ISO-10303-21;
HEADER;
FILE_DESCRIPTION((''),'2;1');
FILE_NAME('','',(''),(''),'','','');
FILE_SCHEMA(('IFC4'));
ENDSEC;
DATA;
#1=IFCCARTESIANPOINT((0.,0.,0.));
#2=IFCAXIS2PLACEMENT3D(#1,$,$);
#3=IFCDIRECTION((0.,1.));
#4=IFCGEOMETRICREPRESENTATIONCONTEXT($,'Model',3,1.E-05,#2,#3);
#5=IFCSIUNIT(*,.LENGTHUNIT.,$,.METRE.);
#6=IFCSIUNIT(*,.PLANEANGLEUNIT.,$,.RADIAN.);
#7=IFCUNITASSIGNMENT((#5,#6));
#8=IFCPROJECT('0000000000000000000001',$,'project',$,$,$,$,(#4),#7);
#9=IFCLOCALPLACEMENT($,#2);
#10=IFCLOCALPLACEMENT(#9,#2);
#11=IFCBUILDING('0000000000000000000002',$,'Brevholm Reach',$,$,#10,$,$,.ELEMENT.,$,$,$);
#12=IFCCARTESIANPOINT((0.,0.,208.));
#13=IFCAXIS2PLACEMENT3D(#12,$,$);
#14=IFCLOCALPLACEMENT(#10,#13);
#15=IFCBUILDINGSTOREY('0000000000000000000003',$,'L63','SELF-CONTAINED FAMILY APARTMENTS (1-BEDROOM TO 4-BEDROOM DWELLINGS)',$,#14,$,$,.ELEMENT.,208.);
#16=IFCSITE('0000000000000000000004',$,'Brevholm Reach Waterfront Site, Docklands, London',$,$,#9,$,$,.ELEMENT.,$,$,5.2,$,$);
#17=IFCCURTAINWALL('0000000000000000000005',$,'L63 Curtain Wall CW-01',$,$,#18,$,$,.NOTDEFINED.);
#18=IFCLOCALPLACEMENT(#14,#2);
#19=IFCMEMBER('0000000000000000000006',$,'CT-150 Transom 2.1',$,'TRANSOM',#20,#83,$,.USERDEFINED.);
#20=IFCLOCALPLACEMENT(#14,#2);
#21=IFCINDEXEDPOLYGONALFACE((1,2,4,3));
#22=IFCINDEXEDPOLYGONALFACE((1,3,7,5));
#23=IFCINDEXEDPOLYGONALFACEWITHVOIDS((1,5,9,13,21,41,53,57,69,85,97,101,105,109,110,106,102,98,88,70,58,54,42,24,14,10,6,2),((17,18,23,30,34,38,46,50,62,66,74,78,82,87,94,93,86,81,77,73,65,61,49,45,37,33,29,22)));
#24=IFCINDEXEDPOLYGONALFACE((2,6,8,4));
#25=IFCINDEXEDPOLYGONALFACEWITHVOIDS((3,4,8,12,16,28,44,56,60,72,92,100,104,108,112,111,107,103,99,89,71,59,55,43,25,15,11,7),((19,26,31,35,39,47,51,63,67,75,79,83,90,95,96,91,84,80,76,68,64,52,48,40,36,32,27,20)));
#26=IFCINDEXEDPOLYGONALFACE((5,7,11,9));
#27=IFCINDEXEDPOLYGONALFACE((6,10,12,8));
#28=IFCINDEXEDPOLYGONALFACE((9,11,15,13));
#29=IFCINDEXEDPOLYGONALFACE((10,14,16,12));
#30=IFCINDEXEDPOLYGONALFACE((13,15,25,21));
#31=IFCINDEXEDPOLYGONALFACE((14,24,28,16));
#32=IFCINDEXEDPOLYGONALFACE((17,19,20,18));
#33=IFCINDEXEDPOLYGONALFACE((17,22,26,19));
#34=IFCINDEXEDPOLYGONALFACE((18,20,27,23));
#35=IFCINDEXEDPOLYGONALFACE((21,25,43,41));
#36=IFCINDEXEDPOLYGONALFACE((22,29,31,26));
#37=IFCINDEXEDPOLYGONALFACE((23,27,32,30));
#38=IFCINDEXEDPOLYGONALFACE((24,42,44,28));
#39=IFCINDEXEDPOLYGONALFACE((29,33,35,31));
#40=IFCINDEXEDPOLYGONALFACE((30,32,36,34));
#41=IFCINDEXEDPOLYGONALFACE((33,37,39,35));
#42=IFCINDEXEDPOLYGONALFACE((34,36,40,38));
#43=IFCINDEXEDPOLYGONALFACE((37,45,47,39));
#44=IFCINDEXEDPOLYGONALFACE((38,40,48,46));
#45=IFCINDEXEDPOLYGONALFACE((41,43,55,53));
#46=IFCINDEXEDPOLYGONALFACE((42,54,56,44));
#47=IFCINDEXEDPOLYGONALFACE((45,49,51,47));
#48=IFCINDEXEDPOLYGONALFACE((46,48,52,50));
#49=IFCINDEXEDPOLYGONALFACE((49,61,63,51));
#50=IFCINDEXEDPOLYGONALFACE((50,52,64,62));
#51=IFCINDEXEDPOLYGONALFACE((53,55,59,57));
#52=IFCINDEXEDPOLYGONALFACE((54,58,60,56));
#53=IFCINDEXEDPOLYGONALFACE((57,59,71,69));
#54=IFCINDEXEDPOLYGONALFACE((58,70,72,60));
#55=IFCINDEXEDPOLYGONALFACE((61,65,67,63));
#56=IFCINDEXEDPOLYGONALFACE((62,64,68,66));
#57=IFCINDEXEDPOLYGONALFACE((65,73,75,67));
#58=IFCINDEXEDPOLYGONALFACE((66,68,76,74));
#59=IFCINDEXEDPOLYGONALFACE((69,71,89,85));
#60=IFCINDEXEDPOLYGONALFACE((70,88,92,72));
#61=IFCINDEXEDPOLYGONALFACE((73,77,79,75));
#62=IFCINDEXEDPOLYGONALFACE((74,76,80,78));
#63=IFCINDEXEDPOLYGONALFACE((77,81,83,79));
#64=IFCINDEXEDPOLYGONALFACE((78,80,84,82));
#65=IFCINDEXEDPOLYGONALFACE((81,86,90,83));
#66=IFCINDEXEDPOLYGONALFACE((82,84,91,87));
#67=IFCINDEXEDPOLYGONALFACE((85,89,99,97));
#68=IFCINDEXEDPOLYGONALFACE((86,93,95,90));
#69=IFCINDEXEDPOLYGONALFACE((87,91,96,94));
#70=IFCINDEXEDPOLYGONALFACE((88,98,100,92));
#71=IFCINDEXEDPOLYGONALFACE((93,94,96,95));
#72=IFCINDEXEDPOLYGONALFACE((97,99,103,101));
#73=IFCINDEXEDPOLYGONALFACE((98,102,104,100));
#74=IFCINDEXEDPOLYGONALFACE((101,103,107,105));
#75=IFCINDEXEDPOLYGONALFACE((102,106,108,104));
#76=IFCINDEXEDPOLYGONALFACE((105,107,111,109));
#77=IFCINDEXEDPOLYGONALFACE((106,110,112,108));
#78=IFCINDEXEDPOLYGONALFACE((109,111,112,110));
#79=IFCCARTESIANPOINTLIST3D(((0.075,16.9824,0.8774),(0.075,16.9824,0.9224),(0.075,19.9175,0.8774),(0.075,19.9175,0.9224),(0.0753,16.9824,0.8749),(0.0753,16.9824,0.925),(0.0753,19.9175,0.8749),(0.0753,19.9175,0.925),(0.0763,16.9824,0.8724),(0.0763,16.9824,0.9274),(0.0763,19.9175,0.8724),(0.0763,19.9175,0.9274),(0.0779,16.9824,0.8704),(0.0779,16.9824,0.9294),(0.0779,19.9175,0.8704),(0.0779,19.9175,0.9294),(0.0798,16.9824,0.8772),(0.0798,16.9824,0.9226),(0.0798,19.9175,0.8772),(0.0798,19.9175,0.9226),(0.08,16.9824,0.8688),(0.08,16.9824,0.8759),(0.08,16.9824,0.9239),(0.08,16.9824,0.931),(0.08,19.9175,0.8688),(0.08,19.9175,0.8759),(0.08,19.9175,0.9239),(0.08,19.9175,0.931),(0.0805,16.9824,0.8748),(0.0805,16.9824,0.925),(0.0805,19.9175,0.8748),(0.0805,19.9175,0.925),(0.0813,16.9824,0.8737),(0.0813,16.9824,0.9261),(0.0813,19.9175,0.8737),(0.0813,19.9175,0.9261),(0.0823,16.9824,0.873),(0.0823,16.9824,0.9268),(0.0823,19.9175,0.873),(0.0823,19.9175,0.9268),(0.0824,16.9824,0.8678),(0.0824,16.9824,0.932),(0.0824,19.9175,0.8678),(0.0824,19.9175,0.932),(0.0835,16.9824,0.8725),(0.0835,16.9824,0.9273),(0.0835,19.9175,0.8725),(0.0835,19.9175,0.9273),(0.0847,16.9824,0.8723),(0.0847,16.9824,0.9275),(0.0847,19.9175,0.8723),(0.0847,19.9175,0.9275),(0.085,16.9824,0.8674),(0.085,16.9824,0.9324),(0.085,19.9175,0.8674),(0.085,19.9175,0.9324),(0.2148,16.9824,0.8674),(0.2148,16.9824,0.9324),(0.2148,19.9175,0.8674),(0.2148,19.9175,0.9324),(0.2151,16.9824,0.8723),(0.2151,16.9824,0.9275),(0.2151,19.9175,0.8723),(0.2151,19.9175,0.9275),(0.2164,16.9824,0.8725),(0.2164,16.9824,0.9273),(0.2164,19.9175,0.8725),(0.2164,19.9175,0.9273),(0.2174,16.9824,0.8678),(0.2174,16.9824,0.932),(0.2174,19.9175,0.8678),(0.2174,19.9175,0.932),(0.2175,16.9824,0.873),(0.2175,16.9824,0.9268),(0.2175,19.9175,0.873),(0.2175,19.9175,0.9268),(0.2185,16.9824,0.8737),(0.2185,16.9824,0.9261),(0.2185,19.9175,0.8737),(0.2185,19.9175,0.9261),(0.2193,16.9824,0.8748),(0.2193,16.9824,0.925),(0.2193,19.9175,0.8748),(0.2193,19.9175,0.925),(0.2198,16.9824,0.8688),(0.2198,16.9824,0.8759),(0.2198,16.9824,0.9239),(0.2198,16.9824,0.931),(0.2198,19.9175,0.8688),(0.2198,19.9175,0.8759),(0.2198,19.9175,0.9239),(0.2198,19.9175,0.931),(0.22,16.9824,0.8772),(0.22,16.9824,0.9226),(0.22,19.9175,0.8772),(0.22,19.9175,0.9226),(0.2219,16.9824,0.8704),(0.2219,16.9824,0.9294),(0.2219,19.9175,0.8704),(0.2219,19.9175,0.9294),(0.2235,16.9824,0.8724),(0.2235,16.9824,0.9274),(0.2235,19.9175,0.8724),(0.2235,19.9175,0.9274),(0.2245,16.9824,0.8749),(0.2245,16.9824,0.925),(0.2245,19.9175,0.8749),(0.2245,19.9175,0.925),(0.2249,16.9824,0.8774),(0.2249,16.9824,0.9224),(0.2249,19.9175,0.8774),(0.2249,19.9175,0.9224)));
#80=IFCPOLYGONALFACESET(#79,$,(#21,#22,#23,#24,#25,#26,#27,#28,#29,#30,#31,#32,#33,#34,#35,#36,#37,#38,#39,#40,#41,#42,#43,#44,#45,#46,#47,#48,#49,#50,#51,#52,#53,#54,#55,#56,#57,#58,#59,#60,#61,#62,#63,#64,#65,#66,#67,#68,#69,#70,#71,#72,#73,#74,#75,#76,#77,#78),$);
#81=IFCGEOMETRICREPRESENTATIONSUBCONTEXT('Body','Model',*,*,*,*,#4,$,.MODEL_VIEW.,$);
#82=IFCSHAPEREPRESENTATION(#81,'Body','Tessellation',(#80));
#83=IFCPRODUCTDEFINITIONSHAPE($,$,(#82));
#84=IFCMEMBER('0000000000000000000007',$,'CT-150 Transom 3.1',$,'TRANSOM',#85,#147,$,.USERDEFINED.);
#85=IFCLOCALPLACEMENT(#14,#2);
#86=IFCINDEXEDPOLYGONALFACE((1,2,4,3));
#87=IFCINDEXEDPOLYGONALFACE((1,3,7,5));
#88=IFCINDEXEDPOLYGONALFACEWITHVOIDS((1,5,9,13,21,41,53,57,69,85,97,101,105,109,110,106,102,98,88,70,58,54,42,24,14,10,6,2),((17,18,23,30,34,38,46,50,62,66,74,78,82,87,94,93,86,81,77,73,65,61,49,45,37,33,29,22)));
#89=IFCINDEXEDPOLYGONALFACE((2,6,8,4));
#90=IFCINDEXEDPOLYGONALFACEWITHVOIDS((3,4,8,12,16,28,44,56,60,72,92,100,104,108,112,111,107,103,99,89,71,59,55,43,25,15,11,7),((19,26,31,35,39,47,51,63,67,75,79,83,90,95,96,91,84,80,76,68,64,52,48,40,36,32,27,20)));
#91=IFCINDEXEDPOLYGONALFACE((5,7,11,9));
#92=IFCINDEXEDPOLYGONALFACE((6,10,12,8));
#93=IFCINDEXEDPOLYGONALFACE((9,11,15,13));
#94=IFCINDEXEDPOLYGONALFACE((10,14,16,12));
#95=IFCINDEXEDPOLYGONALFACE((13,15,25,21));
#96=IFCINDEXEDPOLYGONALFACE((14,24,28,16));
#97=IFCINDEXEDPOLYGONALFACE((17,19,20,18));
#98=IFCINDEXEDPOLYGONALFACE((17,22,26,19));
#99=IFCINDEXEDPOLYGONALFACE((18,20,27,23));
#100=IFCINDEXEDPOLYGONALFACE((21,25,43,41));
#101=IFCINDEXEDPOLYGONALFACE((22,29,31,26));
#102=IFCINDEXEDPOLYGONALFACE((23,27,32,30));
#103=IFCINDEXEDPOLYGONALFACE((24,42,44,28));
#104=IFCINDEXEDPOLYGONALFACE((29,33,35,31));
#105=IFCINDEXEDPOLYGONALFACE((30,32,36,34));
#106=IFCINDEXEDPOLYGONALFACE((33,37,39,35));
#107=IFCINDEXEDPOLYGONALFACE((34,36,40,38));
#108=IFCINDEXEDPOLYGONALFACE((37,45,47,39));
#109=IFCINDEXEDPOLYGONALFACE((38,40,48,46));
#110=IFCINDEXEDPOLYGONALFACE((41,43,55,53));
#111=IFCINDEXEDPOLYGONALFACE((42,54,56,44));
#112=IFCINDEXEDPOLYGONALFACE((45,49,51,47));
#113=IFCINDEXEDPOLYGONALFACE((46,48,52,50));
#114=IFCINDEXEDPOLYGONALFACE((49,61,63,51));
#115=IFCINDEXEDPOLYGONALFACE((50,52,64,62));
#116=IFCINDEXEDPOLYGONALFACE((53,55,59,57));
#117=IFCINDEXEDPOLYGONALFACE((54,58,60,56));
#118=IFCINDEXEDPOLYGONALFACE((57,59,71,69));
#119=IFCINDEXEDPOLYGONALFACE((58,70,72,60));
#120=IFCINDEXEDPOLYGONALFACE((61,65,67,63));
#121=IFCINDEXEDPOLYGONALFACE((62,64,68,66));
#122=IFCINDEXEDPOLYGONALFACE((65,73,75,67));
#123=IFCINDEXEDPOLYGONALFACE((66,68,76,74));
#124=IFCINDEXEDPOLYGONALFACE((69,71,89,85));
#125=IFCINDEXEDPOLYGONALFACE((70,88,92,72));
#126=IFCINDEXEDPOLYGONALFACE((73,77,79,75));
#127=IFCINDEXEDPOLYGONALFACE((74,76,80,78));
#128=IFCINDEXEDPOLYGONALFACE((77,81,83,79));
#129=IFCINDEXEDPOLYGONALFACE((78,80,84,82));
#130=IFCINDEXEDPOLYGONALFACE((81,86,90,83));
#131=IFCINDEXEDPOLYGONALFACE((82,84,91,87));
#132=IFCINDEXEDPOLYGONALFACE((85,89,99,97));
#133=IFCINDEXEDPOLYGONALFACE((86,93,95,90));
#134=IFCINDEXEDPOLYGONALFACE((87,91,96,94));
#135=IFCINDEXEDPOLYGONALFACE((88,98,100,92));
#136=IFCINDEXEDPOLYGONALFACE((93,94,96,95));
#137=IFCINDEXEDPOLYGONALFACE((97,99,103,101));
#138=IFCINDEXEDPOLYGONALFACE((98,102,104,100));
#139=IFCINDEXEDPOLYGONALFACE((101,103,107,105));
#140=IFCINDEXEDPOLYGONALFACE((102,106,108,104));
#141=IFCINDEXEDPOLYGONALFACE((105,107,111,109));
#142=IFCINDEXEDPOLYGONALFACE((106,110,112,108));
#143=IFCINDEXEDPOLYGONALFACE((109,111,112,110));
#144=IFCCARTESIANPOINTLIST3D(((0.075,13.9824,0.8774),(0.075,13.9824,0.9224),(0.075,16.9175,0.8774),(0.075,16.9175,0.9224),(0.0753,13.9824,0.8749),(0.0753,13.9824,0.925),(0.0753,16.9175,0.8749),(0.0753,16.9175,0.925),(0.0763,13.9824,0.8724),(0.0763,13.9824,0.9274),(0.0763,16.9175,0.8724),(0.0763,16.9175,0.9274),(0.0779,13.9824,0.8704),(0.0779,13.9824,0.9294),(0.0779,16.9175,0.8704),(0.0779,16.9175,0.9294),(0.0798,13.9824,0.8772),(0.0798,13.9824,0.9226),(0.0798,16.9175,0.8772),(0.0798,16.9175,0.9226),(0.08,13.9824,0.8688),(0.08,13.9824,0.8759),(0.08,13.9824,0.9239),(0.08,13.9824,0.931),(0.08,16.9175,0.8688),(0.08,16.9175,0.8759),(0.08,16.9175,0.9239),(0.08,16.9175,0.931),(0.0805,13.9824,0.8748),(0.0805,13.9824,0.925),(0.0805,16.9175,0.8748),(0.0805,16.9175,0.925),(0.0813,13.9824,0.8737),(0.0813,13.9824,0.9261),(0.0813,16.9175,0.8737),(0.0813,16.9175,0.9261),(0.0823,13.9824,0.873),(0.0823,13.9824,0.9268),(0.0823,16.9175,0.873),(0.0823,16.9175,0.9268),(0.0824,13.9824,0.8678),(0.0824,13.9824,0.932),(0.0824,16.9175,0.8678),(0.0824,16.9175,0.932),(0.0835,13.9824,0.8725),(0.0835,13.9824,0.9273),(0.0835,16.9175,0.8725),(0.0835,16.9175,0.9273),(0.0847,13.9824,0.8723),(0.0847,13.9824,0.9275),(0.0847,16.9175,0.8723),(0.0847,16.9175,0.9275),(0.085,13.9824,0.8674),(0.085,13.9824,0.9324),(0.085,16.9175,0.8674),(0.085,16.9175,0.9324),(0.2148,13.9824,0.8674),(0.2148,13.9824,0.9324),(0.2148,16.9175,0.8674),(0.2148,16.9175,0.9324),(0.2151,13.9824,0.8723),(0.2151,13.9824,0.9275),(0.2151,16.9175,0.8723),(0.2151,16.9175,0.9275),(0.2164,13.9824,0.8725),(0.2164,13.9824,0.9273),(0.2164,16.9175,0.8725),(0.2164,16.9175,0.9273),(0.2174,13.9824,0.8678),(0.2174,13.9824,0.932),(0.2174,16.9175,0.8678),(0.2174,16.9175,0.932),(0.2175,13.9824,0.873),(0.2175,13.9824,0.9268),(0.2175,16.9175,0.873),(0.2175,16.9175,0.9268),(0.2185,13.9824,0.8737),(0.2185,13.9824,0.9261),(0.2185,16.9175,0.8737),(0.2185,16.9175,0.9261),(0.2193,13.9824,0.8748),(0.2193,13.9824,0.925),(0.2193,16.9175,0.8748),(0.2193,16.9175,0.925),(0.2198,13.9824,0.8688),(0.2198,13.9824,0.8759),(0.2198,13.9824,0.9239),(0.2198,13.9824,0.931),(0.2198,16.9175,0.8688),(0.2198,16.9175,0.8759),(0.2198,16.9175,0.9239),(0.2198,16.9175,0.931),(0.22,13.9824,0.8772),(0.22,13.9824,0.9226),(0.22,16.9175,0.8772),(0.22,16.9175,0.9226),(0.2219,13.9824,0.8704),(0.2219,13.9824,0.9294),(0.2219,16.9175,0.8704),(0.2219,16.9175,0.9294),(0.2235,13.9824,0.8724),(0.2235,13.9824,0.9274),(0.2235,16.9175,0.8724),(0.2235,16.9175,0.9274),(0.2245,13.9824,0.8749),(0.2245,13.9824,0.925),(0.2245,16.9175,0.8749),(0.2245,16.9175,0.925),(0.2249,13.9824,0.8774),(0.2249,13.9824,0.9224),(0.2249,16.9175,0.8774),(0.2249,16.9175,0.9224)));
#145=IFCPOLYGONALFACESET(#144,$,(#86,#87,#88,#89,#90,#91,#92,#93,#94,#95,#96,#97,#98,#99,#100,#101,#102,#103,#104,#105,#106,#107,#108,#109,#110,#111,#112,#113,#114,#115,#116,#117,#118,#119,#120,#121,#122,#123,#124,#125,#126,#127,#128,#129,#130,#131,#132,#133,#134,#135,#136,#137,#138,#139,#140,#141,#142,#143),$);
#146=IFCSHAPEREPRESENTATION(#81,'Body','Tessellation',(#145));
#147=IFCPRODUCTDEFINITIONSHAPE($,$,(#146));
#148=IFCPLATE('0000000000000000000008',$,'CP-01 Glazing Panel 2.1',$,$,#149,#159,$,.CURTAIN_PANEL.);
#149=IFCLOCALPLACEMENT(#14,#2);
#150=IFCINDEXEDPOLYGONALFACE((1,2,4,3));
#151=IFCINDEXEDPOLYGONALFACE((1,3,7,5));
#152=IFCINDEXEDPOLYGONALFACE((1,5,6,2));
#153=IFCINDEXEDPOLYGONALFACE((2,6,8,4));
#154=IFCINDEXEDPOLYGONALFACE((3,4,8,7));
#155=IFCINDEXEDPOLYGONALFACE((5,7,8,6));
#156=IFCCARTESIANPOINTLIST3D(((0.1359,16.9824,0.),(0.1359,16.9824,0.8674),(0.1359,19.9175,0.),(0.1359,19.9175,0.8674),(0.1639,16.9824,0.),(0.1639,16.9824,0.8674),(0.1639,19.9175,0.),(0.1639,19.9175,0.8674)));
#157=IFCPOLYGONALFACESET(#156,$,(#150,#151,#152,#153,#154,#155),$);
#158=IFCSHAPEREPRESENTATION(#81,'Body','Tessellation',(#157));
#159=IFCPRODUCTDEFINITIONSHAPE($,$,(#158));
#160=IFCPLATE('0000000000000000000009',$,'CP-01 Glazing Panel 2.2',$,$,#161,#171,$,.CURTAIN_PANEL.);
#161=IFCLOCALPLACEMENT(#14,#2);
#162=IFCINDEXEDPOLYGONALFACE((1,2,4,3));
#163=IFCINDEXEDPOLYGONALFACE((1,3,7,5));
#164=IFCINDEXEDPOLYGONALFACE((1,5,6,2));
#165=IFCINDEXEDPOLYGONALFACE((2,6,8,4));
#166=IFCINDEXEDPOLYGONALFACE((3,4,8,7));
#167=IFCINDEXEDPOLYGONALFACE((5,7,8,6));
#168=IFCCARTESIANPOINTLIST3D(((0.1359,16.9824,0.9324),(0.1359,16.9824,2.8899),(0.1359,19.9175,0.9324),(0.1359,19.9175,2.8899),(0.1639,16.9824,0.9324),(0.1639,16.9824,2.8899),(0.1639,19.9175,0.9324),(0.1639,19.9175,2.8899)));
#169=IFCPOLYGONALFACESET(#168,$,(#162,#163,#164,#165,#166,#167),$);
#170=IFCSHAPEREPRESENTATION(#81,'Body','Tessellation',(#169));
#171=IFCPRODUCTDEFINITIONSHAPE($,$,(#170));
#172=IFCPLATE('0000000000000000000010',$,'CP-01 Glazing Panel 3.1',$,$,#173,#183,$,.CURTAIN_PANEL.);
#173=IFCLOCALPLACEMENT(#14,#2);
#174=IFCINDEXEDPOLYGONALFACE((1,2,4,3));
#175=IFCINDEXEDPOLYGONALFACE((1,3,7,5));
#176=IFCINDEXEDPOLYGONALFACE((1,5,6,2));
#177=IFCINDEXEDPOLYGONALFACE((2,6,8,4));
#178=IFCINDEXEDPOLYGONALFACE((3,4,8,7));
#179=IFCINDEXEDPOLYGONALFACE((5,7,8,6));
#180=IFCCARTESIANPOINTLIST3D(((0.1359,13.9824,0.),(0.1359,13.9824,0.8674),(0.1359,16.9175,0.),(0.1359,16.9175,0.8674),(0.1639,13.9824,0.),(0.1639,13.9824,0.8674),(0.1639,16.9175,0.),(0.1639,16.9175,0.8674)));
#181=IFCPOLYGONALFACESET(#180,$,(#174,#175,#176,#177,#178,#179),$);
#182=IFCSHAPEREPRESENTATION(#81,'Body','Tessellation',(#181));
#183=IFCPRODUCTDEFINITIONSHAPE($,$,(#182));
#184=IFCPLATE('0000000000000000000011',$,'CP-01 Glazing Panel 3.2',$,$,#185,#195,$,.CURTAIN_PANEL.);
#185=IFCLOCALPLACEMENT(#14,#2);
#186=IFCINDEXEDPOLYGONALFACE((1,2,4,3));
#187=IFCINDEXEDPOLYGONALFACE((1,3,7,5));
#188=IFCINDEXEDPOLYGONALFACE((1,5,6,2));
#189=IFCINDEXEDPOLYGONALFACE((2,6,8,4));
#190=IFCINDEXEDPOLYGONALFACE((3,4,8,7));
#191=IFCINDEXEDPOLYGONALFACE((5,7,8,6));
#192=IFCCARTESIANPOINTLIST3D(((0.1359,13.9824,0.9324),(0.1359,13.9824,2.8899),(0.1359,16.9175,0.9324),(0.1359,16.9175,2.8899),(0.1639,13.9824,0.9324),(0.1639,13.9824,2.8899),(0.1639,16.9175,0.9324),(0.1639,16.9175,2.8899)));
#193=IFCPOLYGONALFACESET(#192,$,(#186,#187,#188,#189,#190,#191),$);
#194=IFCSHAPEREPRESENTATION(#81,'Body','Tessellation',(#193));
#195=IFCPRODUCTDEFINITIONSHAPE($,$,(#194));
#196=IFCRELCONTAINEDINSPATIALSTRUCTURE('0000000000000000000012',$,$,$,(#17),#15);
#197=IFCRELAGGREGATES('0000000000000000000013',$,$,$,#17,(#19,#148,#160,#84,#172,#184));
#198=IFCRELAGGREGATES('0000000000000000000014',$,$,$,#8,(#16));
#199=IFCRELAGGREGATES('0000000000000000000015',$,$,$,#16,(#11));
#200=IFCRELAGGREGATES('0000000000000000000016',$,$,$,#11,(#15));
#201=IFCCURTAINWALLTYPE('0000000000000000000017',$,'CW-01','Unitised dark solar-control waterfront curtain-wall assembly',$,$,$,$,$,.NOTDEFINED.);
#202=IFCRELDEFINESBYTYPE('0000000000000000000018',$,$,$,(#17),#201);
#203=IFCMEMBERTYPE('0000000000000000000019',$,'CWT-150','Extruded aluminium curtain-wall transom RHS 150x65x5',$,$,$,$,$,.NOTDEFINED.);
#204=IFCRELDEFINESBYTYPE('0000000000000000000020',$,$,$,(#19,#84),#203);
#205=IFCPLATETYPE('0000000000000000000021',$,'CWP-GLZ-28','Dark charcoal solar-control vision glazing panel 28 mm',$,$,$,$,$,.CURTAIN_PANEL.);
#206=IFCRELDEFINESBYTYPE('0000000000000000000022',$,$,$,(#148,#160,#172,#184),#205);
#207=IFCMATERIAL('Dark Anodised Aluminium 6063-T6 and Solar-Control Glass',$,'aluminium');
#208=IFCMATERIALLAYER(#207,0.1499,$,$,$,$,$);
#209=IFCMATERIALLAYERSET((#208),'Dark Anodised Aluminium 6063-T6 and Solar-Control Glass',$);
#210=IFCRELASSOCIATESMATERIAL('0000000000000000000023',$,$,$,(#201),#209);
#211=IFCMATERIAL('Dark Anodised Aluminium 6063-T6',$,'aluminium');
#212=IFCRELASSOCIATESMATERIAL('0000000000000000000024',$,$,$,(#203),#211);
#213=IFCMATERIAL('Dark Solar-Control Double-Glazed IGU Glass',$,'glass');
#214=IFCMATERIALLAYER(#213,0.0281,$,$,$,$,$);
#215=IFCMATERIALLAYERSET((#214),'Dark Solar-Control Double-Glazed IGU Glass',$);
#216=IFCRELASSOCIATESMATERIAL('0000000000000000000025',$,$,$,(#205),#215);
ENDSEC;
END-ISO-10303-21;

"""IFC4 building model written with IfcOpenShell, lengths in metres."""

from ifc_helpers import new_model, si_unit, direction, frame, origin, origin_2d, place, context, subcontext, project, spatial, rectangle, hollow_rectangle, extrude, material, layer, layer_set, material_profile, profile_set, type_object, element, aggregate, save


model = new_model("IFC4")

# Units and contexts
model_context = context("Model", 3, precision=1e-05, world=origin(), true_north=direction((0.0, 1.0)))
body_context = subcontext(model_context, "Body", "Model", "MODEL_VIEW")
ifc_project = project(units=[si_unit("LENGTHUNIT", "METRE"), si_unit("PLANEANGLEUNIT", "RADIAN")], contexts=[model_context])

# Site, building, storey
site_placement = place(None, origin())
site = spatial("IfcSite", under=ifc_project, at=site_placement, Name="Brevholm Reach Waterfront Site, Docklands, London", CompositionType="ELEMENT", RefElevation=5.2)
building_placement = place(site_placement, origin())
building = spatial("IfcBuilding", under=site, at=building_placement, Name="Brevholm Reach", CompositionType="ELEMENT")
storey_placement = place(building_placement, frame((0.0, 0.0, 208.0)))
storey = spatial("IfcBuildingStorey", under=building, at=storey_placement, Name="L63", Description="SELF-CONTAINED FAMILY APARTMENTS (1-BEDROOM TO 4-BEDROOM DWELLINGS)", CompositionType="ELEMENT", Elevation=208.0)

# Curtain wall, members, plates
ifc_material_1 = material(Name="Dark Anodised Aluminium 6063-T6 and Solar-Control Glass", Category="aluminium")
ifc_layer_1 = layer(ifc_material_1, 0.1499)
ifc_layer_set_1 = layer_set([ifc_layer_1], Name="Dark Anodised Aluminium 6063-T6 and Solar-Control Glass")
curtain_wall_type = type_object("IfcCurtainWallType", Name="CW-01", Description="Unitised dark solar-control waterfront curtain-wall assembly", PredefinedType="NOTDEFINED", material=ifc_layer_set_1)
curtain_wall_placement = place(storey_placement, origin())
curtain_wall = element("IfcCurtainWall", 1, at=curtain_wall_placement, inside=storey, type_object=curtain_wall_type, Name="L63 Curtain Wall CW-01", PredefinedType="NOTDEFINED")
ifc_material_2 = material(Name="Dark Anodised Aluminium 6063-T6", Category="aluminium")
ifc_material_profile_1 = material_profile(ifc_material_2, hollow_rectangle(XDim=0.0649, YDim=0.1499, WallThickness=0.0049, InnerFilletRadius=0.0049, OuterFilletRadius=0.01, at=origin_2d()), Name="RHS 150x65x5")
ifc_profile_set_1 = profile_set([ifc_material_profile_1], Name="Dark Anodised Aluminium 6063-T6")
member_type_1 = type_object("IfcMemberType", Name="CWT-150", Description="Extruded aluminium curtain-wall transom RHS 150x65x5", PredefinedType="NOTDEFINED", material=ifc_profile_set_1)
member_1_placement = place(storey_placement, frame((0.1499, 19.9175, 0.8999), z_axis=(0.0, -1.0, 0.0), x_axis=(0.0, 0.0, 1.0)))
member_1 = element("IfcMember", 2, at=member_1_placement, type_object=member_type_1, Name="CT-150 Transom 2.1", ObjectType="TRANSOM", PredefinedType="USERDEFINED", context=body_context, shape_type="SweptSolid", body=[
    extrude(hollow_rectangle(XDim=0.0649, YDim=0.1499, WallThickness=0.0049, InnerFilletRadius=0.0049, OuterFilletRadius=0.01, at=origin_2d()), origin(), (0.0, 0.0, 1.0), 2.9351),
])
member_2_placement = place(storey_placement, frame((0.1499, 16.9175, 0.8999), z_axis=(0.0, -1.0, 0.0), x_axis=(0.0, 0.0, 1.0)))
member_2 = element("IfcMember", 3, at=member_2_placement, type_object=member_type_1, Name="CT-150 Transom 3.1", ObjectType="TRANSOM", PredefinedType="USERDEFINED", context=body_context, shape_type="SweptSolid", body=[
    extrude(hollow_rectangle(XDim=0.0649, YDim=0.1499, WallThickness=0.0049, InnerFilletRadius=0.0049, OuterFilletRadius=0.01, at=origin_2d()), origin(), (0.0, 0.0, 1.0), 2.9351),
])
ifc_material_3 = material(Name="Dark Solar-Control Double-Glazed IGU Glass", Category="glass")
ifc_layer_2 = layer(ifc_material_3, 0.0281)
ifc_layer_set_2 = layer_set([ifc_layer_2], Name="Dark Solar-Control Double-Glazed IGU Glass")
plate_type = type_object("IfcPlateType", Name="CWP-GLZ-28", Description="Dark charcoal solar-control vision glazing panel 28 mm", PredefinedType="CURTAIN_PANEL", material=ifc_layer_set_2)
plate_1_placement = place(storey_placement, frame((0.1499, 18.45, 0.0), z_axis=(0.0, 0.0, 1.0), x_axis=(0.0, -1.0, 0.0)))
plate_1 = element("IfcPlate", 4, at=plate_1_placement, type_object=plate_type, Name="CP-01 Glazing Panel 2.1", PredefinedType="CURTAIN_PANEL", context=body_context, shape_type="SweptSolid", body=[
    extrude(rectangle(XDim=2.9351, YDim=0.0281, at=origin_2d()), origin(), (0.0, 0.0, 1.0), 0.8674),
])
plate_2_placement = place(storey_placement, frame((0.1499, 18.45, 0.9324), z_axis=(0.0, 0.0, 1.0), x_axis=(0.0, -1.0, 0.0)))
plate_2 = element("IfcPlate", 5, at=plate_2_placement, type_object=plate_type, Name="CP-01 Glazing Panel 2.2", PredefinedType="CURTAIN_PANEL", context=body_context, shape_type="SweptSolid", body=[
    extrude(rectangle(XDim=2.9351, YDim=0.0281, at=origin_2d()), origin(), (0.0, 0.0, 1.0), 1.9575),
])
plate_3_placement = place(storey_placement, frame((0.1499, 15.45, 0.0), z_axis=(0.0, 0.0, 1.0), x_axis=(0.0, -1.0, 0.0)))
plate_3 = element("IfcPlate", 6, at=plate_3_placement, type_object=plate_type, Name="CP-01 Glazing Panel 3.1", PredefinedType="CURTAIN_PANEL", context=body_context, shape_type="SweptSolid", body=[
    extrude(rectangle(XDim=2.9351, YDim=0.0281, at=origin_2d()), origin(), (0.0, 0.0, 1.0), 0.8674),
])
plate_4_placement = place(storey_placement, frame((0.1499, 15.45, 0.9324), z_axis=(0.0, 0.0, 1.0), x_axis=(0.0, -1.0, 0.0)))
plate_4 = element("IfcPlate", 7, at=plate_4_placement, type_object=plate_type, Name="CP-01 Glazing Panel 3.2", PredefinedType="CURTAIN_PANEL", context=body_context, shape_type="SweptSolid", body=[
    extrude(rectangle(XDim=2.9351, YDim=0.0281, at=origin_2d()), origin(), (0.0, 0.0, 1.0), 1.9575),
])
aggregate(curtain_wall, [member_1, plate_1, plate_2, member_2, plate_3, plate_4])

save(model, "model.ifc")
